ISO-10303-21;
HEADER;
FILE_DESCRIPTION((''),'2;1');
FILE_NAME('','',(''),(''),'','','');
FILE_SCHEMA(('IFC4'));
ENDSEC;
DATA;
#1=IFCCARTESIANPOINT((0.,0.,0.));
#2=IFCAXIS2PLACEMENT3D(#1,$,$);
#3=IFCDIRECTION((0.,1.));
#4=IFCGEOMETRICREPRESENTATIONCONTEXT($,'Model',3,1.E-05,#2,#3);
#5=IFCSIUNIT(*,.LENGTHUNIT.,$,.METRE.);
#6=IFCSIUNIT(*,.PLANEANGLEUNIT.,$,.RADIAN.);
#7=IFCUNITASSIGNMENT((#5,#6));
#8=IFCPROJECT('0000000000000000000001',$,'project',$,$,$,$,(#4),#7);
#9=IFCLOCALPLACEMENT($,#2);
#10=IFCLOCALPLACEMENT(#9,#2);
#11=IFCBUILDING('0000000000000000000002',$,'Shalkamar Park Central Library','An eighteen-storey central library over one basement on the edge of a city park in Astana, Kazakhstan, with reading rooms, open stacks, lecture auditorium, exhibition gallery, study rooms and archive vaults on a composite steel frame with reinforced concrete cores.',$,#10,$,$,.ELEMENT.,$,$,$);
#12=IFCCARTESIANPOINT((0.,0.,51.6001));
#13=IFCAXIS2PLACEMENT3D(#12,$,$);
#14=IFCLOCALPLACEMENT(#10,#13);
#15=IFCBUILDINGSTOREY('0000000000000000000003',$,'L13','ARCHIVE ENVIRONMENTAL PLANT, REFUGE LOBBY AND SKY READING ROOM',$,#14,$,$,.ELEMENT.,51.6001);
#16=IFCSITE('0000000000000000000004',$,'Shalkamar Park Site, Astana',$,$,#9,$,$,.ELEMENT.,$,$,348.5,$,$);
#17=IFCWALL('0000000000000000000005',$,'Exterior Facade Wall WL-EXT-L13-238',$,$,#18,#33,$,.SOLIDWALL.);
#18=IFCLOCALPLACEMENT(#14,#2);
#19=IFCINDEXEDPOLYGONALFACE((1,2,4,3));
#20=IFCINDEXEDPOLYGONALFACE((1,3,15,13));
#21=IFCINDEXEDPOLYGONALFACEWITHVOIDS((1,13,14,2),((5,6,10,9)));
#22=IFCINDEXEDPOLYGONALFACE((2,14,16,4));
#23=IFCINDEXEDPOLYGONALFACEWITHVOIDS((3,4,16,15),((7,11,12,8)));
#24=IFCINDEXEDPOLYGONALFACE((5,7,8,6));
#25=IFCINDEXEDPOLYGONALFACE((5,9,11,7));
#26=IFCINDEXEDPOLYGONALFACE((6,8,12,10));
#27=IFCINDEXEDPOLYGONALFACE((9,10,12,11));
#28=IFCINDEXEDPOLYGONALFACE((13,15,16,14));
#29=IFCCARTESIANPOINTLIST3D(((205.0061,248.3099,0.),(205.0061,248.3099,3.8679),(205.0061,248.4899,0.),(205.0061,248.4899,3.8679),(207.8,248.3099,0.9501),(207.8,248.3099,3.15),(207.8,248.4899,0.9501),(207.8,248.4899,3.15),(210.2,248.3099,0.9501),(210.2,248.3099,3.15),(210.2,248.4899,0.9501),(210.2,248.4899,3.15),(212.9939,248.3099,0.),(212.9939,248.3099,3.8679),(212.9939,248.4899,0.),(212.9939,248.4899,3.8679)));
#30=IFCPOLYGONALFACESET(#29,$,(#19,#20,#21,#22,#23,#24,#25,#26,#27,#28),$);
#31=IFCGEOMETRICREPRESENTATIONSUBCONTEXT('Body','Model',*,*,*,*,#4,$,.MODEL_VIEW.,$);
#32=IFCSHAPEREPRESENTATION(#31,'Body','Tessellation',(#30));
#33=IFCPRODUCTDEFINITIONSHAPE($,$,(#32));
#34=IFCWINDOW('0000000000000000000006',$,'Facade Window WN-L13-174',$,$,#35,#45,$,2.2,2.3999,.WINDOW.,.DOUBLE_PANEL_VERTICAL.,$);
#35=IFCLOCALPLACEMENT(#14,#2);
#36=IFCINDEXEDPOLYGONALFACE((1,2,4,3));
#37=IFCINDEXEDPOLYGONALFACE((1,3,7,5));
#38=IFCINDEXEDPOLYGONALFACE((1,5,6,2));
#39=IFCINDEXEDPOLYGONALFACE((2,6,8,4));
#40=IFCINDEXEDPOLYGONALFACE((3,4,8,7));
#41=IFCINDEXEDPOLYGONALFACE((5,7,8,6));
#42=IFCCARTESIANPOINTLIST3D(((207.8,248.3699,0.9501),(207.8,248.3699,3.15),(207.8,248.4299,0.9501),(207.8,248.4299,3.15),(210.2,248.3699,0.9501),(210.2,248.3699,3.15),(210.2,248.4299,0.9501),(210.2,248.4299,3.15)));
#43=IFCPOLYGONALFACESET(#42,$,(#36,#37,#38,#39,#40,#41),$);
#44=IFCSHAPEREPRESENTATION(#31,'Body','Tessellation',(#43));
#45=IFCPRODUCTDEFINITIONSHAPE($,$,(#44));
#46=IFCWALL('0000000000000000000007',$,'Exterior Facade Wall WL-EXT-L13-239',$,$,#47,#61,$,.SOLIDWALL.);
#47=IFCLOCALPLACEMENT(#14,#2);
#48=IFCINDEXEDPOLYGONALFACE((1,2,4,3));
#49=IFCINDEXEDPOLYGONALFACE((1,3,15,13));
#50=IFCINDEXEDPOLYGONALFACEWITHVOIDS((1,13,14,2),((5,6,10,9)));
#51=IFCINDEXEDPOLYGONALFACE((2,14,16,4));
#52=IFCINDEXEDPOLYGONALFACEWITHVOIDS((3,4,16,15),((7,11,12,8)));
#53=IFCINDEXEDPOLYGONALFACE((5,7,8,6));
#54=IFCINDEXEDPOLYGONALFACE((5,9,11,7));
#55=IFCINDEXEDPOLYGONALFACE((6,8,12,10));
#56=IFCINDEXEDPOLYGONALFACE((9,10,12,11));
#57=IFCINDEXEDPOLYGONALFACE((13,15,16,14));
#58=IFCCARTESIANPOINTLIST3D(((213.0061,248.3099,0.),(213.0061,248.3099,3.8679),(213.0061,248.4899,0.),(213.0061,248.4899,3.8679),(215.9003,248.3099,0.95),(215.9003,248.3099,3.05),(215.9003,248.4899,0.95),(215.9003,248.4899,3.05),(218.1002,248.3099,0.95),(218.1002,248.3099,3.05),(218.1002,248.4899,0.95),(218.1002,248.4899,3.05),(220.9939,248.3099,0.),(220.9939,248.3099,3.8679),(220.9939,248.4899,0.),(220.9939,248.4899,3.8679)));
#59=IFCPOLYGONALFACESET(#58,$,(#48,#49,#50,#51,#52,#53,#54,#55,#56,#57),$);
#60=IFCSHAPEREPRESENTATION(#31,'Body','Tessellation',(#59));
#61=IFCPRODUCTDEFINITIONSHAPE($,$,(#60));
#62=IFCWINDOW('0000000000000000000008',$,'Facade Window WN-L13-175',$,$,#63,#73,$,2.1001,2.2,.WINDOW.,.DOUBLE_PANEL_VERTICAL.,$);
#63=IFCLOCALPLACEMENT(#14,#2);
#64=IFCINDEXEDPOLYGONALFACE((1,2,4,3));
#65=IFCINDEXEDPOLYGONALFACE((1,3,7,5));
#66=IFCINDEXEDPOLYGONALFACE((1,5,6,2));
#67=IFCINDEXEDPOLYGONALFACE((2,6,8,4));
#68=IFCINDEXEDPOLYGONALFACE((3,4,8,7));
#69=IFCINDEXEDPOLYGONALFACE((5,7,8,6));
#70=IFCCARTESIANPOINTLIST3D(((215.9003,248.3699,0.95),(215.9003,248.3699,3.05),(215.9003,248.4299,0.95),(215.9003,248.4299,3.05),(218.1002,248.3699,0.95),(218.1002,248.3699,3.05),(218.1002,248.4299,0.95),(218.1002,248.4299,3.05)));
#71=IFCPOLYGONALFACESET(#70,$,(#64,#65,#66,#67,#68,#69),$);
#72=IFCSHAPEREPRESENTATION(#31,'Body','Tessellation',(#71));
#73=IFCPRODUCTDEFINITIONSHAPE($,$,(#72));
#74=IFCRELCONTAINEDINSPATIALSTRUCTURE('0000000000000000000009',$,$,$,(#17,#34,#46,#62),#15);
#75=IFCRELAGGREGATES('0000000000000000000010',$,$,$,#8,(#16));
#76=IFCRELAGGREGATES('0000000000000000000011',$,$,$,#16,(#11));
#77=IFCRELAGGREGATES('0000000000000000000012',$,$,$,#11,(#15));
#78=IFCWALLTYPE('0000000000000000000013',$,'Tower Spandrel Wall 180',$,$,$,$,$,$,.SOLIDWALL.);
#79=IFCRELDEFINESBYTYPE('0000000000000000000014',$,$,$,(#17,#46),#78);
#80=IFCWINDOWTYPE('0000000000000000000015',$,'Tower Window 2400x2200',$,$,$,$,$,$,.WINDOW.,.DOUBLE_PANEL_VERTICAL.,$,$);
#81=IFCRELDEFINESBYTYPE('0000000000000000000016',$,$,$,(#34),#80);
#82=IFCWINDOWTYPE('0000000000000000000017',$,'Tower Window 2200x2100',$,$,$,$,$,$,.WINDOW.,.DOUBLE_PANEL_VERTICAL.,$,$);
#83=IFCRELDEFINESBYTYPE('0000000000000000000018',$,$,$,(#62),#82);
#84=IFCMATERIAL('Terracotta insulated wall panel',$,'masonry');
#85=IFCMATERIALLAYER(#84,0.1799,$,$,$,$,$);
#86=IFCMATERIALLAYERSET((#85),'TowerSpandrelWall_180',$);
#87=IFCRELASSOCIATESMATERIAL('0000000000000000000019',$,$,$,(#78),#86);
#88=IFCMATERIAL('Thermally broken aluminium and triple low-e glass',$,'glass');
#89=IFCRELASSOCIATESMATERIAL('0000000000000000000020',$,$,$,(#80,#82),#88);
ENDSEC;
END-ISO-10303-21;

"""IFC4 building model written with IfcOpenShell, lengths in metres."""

from ifc_helpers import new_model, si_unit, direction, frame, frame_2d, origin, place, context, subcontext, project, spatial, rectangle, extrude, material, layer, layer_set, type_object, element, fill, save


model = new_model("IFC4")

# Units and contexts
model_context = context("Model", 3, precision=1e-05, world=origin(), true_north=direction((0.0, 1.0)))
body_context = subcontext(model_context, "Body", "Model", "MODEL_VIEW")
ifc_project = project(units=[si_unit("LENGTHUNIT", "METRE"), si_unit("PLANEANGLEUNIT", "RADIAN")], contexts=[model_context])

# Site, building, storey
site_placement = place(None, origin())
site = spatial("IfcSite", under=ifc_project, at=site_placement, Name="Shalkamar Park Site, Astana", CompositionType="ELEMENT", RefElevation=348.5)
building_placement = place(site_placement, origin())
building = spatial("IfcBuilding", under=site, at=building_placement, Name="Shalkamar Park Central Library", Description="An eighteen-storey central library over one basement on the edge of a city park in Astana, Kazakhstan, with reading rooms, open stacks, lecture auditorium, exhibition gallery, study rooms and archive vaults on a composite steel frame with reinforced concrete cores.", CompositionType="ELEMENT")
storey_placement = place(building_placement, frame((0.0, 0.0, 51.6001)))
storey = spatial("IfcBuildingStorey", under=building, at=storey_placement, Name="L13", Description="ARCHIVE ENVIRONMENTAL PLANT, REFUGE LOBBY AND SKY READING ROOM", CompositionType="ELEMENT", Elevation=51.6001)

# Shared definitions
ifc_material_1 = material(Name="Terracotta insulated wall panel", Category="masonry")
ifc_layer_1 = layer(ifc_material_1, 0.1799)
ifc_layer_set_1 = layer_set([ifc_layer_1], Name="TowerSpandrelWall_180")
wall_type_1 = type_object("IfcWallType", Name="Tower Spandrel Wall 180", PredefinedType="SOLIDWALL", material=ifc_layer_set_1)
ifc_material_2 = material(Name="Thermally broken aluminium and triple low-e glass", Category="glass")

# Walls, openings, windows
wall_1_placement = place(storey_placement, frame((205.0061, 248.3999, 0.0), z_axis=(0.0, 0.0, 1.0), x_axis=(1.0, 0.0, 0.0)))
wall_1 = element("IfcWall", 1, at=wall_1_placement, inside=storey, type_object=wall_type_1, Name="Exterior Facade Wall WL-EXT-L13-238", PredefinedType="SOLIDWALL", context=body_context, shape_type="SweptSolid", body=[
    extrude(rectangle(XDim=7.9878, YDim=0.1799, at=frame_2d((3.9939, 0.0))), origin(), (0.0, 0.0, 1.0), 3.8679),
])
opening_1_placement = place(wall_1_placement, frame((2.7939, 0.0, 0.95)))
opening_1 = element("IfcOpeningElement", 2, at=opening_1_placement, cuts=wall_1, PredefinedType="OPENING", context=body_context, shape_type="SweptSolid", body=[
    extrude(rectangle(XDim=2.3999, YDim=2.2, at=frame_2d((1.2, 1.1001))), frame((0.0, 0.105, 0.0), z_axis=(0.0, -1.0, 0.0), x_axis=(1.0, 0.0, 0.0)), (0.0, 0.0, 1.0), 0.2097),
])
window_type_1 = type_object("IfcWindowType", Name="Tower Window 2400x2200", PartitioningType="DOUBLE_PANEL_VERTICAL", PredefinedType="WINDOW", material=ifc_material_2)
window_1_placement = place(opening_1_placement, origin())
window_1 = element("IfcWindow", 3, at=window_1_placement, inside=storey, type_object=window_type_1, Name="Facade Window WN-L13-174", OverallHeight=2.2, OverallWidth=2.3999, PartitioningType="DOUBLE_PANEL_VERTICAL", PredefinedType="WINDOW", context=body_context, shape_type="SweptSolid", body=[
    extrude(rectangle(XDim=2.3999, YDim=2.2, at=frame_2d((1.2, 1.1001))), frame((0.0, 0.03, 0.0), z_axis=(0.0, -1.0, 0.0), x_axis=(1.0, 0.0, 0.0)), (0.0, 0.0, 1.0), 0.0601),
])
fill(opening_1, window_1)
wall_2_placement = place(storey_placement, frame((213.0061, 248.3999, 0.0), z_axis=(0.0, 0.0, 1.0), x_axis=(1.0, 0.0, 0.0)))
wall_2 = element("IfcWall", 4, at=wall_2_placement, inside=storey, type_object=wall_type_1, Name="Exterior Facade Wall WL-EXT-L13-239", PredefinedType="SOLIDWALL", context=body_context, shape_type="SweptSolid", body=[
    extrude(rectangle(XDim=7.9878, YDim=0.1799, at=frame_2d((3.9939, 0.0))), origin(), (0.0, 0.0, 1.0), 3.8679),
])
opening_2_placement = place(wall_2_placement, frame((2.894, 0.0, 0.95)))
opening_2 = element("IfcOpeningElement", 5, at=opening_2_placement, cuts=wall_2, PredefinedType="OPENING", context=body_context, shape_type="SweptSolid", body=[
    extrude(rectangle(XDim=2.2, YDim=2.1001, at=frame_2d((1.1001, 1.05))), frame((0.0, 0.105, 0.0), z_axis=(0.0, -1.0, 0.0), x_axis=(1.0, 0.0, 0.0)), (0.0, 0.0, 1.0), 0.2097),
])
window_type_2 = type_object("IfcWindowType", Name="Tower Window 2200x2100", PartitioningType="DOUBLE_PANEL_VERTICAL", PredefinedType="WINDOW", material=ifc_material_2)
window_2_placement = place(opening_2_placement, origin())
window_2 = element("IfcWindow", 6, at=window_2_placement, inside=storey, type_object=window_type_2, Name="Facade Window WN-L13-175", OverallHeight=2.1001, OverallWidth=2.2, PartitioningType="DOUBLE_PANEL_VERTICAL", PredefinedType="WINDOW", context=body_context, shape_type="SweptSolid", body=[
    extrude(rectangle(XDim=2.2, YDim=2.1001, at=frame_2d((1.1001, 1.05))), frame((0.0, 0.03, 0.0), z_axis=(0.0, -1.0, 0.0), x_axis=(1.0, 0.0, 0.0)), (0.0, 0.0, 1.0), 0.0601),
])
fill(opening_2, window_2)

save(model, "model.ifc")
